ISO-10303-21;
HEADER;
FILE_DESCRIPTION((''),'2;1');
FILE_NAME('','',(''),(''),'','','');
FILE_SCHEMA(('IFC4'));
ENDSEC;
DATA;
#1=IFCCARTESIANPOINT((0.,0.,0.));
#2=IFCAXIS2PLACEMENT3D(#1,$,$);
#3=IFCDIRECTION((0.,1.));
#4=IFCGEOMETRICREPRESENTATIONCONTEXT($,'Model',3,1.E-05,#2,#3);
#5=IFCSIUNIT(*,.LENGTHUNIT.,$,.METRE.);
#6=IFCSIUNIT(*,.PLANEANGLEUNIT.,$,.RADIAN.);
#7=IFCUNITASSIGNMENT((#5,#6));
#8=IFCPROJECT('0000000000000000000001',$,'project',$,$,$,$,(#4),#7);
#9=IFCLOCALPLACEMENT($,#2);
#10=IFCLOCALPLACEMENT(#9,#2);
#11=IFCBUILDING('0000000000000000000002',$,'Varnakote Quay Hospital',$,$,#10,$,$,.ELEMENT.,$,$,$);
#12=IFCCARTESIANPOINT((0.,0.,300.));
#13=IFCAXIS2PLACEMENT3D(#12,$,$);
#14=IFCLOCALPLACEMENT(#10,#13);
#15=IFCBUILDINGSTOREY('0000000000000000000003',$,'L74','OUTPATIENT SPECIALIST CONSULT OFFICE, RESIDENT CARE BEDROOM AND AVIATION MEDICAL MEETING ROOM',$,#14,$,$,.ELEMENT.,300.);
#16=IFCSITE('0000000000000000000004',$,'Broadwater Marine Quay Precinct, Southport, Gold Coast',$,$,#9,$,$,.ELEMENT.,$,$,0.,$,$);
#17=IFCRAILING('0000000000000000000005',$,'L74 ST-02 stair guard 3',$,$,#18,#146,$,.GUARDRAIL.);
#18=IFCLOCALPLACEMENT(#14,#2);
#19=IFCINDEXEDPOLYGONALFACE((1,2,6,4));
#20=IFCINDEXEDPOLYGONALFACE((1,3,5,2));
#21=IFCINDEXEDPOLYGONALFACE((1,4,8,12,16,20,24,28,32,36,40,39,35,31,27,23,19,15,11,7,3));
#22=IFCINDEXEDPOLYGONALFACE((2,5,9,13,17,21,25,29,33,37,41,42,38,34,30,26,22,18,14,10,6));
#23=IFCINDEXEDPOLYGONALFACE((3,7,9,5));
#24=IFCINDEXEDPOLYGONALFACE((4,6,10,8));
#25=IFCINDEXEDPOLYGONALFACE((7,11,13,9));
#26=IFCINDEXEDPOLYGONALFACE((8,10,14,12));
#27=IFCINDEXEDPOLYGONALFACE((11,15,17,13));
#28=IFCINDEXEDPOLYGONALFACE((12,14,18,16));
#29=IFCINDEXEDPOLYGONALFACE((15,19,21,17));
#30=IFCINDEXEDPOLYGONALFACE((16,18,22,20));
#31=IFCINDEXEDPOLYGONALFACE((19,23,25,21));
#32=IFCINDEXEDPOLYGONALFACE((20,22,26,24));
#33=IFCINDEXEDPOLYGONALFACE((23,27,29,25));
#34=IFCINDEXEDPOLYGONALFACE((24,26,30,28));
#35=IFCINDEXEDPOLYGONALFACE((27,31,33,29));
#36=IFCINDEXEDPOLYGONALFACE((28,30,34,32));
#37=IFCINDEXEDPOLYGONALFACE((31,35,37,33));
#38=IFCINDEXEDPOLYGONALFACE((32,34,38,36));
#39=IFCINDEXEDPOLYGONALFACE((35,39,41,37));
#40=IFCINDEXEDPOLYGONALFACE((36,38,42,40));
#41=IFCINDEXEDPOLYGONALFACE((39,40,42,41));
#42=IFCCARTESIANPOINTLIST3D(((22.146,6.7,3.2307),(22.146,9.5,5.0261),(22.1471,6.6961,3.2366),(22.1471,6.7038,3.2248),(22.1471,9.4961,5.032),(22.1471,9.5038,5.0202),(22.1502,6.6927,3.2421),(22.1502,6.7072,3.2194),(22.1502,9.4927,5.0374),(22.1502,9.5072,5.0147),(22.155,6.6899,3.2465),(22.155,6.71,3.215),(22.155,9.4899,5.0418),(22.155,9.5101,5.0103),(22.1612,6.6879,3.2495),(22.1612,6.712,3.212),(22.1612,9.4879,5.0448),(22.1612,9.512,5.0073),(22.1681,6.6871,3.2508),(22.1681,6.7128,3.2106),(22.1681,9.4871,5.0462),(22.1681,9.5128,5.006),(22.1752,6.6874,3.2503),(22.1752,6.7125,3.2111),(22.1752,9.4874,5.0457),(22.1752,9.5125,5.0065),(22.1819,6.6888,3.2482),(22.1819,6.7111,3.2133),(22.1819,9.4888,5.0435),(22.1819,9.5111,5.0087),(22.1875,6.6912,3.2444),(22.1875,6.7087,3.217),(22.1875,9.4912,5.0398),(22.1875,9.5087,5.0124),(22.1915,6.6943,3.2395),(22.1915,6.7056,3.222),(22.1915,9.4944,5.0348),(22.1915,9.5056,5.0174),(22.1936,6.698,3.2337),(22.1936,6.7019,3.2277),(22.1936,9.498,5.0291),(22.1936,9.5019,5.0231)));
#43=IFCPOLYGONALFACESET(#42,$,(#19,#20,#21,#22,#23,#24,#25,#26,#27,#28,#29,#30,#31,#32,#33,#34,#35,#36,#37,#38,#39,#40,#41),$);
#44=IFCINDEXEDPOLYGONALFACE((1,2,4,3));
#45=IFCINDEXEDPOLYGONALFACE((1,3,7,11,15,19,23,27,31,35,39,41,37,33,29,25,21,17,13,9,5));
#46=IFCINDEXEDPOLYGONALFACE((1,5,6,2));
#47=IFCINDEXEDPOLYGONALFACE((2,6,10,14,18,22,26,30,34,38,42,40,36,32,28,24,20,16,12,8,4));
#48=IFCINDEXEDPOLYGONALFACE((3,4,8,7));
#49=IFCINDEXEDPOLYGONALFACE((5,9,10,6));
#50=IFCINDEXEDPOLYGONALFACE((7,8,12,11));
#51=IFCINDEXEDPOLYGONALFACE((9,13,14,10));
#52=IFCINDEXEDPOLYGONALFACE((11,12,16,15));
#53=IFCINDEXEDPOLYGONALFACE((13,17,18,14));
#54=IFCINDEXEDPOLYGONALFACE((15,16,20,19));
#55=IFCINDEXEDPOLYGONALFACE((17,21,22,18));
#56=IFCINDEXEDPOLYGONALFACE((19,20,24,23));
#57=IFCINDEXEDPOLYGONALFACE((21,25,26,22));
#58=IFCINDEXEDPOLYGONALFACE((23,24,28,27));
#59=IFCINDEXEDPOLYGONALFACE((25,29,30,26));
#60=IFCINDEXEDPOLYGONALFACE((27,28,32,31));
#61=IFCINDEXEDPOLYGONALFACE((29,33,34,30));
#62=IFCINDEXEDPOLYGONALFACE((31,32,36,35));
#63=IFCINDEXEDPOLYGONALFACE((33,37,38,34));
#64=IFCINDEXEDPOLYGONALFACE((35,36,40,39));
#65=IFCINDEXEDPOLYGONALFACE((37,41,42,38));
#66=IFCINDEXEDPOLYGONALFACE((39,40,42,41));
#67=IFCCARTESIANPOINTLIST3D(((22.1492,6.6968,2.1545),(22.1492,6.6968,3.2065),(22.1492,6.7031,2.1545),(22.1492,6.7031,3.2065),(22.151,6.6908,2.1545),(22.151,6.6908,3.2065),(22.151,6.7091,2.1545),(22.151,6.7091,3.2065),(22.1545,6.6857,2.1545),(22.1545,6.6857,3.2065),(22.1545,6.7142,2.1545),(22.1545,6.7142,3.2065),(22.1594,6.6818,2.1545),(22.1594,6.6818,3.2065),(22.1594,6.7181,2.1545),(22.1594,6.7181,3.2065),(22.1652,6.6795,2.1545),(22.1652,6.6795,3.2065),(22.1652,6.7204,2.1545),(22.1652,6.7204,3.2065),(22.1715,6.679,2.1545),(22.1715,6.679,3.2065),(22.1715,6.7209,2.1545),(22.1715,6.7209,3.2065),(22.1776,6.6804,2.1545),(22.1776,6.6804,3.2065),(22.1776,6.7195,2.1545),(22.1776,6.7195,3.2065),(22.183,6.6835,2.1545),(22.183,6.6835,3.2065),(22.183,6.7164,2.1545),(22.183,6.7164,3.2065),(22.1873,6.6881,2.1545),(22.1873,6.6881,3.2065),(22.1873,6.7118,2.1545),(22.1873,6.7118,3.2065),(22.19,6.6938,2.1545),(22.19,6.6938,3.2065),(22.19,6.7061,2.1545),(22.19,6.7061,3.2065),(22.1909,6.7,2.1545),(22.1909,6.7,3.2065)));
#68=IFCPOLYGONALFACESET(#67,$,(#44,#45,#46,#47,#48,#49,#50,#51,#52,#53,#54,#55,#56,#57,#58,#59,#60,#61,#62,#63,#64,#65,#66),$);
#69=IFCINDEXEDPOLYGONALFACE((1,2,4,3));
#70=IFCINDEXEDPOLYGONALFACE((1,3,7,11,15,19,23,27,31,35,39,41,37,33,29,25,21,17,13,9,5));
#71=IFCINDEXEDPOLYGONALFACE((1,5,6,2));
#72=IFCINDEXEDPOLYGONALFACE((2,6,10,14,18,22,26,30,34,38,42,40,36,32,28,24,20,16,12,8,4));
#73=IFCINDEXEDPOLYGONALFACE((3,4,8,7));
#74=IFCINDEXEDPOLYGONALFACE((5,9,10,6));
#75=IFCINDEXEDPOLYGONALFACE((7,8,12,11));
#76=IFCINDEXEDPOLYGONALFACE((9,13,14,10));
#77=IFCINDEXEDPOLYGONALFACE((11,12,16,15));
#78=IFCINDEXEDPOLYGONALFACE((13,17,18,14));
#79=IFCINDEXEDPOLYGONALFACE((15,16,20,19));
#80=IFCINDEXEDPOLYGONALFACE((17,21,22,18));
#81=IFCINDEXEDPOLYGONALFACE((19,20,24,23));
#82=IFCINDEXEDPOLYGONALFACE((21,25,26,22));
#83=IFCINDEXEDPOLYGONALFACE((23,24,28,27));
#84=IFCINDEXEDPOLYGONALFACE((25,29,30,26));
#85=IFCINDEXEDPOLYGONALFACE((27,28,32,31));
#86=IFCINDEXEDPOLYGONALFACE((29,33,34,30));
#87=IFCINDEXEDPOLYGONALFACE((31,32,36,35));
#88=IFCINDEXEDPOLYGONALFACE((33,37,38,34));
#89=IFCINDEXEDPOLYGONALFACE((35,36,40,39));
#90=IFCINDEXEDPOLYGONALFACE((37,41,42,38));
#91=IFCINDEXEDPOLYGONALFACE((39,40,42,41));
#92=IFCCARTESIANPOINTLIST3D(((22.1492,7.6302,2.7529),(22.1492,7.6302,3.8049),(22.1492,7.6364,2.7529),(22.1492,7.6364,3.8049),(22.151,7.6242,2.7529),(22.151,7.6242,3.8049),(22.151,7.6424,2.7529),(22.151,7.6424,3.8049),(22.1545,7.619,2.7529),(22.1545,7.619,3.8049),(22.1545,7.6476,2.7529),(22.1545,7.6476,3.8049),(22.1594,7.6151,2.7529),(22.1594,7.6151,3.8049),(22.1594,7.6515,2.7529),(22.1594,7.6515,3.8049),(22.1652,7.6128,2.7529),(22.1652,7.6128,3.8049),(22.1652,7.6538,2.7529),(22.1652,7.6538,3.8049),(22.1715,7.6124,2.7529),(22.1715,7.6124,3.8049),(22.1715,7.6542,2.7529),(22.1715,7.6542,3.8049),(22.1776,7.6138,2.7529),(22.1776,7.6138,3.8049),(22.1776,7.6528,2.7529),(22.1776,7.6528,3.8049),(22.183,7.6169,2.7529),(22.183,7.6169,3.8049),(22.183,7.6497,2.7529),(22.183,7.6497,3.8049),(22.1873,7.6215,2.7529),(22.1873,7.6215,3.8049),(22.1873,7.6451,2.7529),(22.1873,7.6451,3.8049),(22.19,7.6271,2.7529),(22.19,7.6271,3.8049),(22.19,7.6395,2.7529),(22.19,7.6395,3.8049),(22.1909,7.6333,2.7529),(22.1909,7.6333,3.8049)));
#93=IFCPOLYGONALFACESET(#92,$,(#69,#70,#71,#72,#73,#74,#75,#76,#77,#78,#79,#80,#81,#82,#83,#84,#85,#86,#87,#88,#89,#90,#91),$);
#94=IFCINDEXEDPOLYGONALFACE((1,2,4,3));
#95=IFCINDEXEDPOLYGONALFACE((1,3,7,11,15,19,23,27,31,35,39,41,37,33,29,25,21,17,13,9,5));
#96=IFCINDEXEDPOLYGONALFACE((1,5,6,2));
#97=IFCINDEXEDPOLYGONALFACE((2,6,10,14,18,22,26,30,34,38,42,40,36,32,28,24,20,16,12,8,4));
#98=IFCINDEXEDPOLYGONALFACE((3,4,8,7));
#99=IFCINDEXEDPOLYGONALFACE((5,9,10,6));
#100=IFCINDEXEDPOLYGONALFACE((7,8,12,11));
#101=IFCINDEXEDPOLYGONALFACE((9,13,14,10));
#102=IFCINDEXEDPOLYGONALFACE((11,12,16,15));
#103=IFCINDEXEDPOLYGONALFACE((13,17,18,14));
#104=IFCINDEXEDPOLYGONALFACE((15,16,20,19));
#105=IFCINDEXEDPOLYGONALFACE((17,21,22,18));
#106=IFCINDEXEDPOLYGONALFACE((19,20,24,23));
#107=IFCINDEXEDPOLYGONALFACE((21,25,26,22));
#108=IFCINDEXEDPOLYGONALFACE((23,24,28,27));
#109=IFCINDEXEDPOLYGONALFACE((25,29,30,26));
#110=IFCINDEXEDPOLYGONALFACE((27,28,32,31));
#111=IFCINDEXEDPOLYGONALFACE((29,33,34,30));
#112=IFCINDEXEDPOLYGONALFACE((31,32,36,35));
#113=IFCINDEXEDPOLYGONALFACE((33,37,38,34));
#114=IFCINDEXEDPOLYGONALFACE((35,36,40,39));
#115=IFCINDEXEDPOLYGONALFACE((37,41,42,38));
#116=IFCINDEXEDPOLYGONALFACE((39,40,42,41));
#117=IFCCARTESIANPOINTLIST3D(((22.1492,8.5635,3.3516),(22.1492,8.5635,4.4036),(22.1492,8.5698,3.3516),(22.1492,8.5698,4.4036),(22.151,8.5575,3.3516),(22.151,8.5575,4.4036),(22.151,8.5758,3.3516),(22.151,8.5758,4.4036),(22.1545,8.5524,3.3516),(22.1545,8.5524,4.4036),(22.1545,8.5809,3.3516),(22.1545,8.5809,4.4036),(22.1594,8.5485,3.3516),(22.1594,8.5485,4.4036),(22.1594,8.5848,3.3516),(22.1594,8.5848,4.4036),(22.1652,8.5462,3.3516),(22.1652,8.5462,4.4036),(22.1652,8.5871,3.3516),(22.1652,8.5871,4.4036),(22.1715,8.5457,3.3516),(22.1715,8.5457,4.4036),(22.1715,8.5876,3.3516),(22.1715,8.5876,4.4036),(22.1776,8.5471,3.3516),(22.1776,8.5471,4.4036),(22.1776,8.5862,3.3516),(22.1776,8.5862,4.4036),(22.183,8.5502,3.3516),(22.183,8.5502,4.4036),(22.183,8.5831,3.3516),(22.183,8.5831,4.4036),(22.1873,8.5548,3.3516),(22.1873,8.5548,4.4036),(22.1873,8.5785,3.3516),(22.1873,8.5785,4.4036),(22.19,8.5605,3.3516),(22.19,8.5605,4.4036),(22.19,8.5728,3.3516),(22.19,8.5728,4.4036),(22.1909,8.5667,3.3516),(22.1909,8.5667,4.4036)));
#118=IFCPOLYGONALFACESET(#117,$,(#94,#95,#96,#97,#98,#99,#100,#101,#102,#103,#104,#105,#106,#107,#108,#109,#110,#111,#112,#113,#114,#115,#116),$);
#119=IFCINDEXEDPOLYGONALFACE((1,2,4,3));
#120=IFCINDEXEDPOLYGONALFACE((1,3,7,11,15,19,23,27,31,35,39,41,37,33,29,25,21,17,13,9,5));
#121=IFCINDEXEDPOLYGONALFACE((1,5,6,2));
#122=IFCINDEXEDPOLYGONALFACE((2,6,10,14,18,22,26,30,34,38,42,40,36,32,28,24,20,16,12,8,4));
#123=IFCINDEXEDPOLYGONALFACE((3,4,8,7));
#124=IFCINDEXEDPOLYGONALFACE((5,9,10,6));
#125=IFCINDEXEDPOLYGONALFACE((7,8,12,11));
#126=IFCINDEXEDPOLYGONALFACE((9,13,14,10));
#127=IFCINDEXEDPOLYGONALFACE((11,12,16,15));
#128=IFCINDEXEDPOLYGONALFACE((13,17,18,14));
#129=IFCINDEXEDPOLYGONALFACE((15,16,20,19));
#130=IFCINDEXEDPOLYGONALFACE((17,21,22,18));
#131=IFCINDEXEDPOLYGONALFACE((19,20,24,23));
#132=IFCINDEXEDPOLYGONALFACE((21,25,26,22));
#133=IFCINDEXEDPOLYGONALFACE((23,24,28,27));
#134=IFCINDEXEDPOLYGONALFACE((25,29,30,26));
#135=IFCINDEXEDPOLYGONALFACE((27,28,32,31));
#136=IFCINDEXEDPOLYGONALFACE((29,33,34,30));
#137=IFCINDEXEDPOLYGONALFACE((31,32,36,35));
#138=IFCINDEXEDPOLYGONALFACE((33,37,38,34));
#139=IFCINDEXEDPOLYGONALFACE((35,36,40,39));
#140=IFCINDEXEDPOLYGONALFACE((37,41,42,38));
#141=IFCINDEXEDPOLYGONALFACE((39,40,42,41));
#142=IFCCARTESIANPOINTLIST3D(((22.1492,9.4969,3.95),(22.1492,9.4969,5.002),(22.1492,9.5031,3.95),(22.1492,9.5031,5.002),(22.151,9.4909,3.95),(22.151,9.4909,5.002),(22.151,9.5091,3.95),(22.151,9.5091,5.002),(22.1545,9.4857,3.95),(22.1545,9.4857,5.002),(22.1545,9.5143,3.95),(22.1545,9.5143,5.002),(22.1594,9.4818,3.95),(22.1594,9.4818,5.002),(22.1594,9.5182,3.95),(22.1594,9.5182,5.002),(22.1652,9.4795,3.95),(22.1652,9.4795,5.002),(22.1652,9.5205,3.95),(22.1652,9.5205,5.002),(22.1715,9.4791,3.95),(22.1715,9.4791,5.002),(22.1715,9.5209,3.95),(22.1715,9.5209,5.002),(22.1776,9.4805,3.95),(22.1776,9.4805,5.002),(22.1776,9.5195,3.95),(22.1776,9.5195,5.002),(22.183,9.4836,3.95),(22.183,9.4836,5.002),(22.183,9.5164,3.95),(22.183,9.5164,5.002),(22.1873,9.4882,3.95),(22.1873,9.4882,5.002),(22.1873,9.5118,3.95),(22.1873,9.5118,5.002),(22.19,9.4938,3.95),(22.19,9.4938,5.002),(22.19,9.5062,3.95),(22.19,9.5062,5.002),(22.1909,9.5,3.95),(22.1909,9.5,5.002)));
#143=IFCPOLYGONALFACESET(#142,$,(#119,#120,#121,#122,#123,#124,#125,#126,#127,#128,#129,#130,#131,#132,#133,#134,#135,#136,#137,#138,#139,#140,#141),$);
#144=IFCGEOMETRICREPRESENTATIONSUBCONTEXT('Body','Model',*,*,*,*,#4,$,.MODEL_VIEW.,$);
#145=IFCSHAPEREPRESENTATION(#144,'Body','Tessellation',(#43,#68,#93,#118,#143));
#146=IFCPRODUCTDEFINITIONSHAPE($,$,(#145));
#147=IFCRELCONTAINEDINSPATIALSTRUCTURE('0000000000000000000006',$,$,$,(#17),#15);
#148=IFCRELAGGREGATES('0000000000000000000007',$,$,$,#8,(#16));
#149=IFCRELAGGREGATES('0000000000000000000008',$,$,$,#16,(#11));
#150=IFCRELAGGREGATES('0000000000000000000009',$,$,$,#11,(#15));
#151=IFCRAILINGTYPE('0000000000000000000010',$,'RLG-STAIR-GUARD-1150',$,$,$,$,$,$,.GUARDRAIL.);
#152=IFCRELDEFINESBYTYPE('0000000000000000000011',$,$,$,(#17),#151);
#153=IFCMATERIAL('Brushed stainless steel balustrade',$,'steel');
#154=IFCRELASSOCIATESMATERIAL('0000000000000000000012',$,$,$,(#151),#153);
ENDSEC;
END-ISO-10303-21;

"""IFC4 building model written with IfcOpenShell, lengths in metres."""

from ifc_helpers import new_model, si_unit, direction, frame, origin, origin_2d, place, context, subcontext, project, spatial, circle, extrude, material, type_object, element, save


model = new_model("IFC4")

# Units and contexts
model_context = context("Model", 3, precision=1e-05, world=origin(), true_north=direction((0.0, 1.0)))
body_context = subcontext(model_context, "Body", "Model", "MODEL_VIEW")
ifc_project = project(units=[si_unit("LENGTHUNIT", "METRE"), si_unit("PLANEANGLEUNIT", "RADIAN")], contexts=[model_context])

# Site, building, storey
site_placement = place(None, origin())
site = spatial("IfcSite", under=ifc_project, at=site_placement, Name="Broadwater Marine Quay Precinct, Southport, Gold Coast", CompositionType="ELEMENT", RefElevation=0.0)
building_placement = place(site_placement, origin())
building = spatial("IfcBuilding", under=site, at=building_placement, Name="Varnakote Quay Hospital", CompositionType="ELEMENT")
storey_placement = place(building_placement, frame((0.0, 0.0, 300.0)))
storey = spatial("IfcBuildingStorey", under=building, at=storey_placement, Name="L74", Description="OUTPATIENT SPECIALIST CONSULT OFFICE, RESIDENT CARE BEDROOM AND AVIATION MEDICAL MEETING ROOM", CompositionType="ELEMENT", Elevation=300.0)

# Railing
ifc_material_1 = material(Name="Brushed stainless steel balustrade", Category="steel")
railing_type_1 = type_object("IfcRailingType", Name="RLG-STAIR-GUARD-1150", PredefinedType="GUARDRAIL", material=ifc_material_1)
railing_1_placement = place(storey_placement, frame((22.1699, 6.7, 2.1545)))
element("IfcRailing", 1, at=railing_1_placement, inside=storey, type_object=railing_type_1, Name="L74 ST-02 stair guard 3", PredefinedType="GUARDRAIL", context=body_context, shape_type="SweptSolid", body=[
    extrude(circle(Radius=0.0239, at=origin_2d()), frame((0.0, 0.0, 1.0762), z_axis=(0.0, 0.84181, 0.539774), x_axis=(-1.0, 0.0, 0.0)), (0.0, 0.0, 1.0), 3.3262),
    extrude(circle(Radius=0.021, at=origin_2d()), origin(), (0.0, 0.0, 1.0), 1.052),
    extrude(circle(Radius=0.021, at=origin_2d()), frame((0.0, 0.9333, 0.5984)), (0.0, 0.0, 1.0), 1.052),
    extrude(circle(Radius=0.021, at=origin_2d()), frame((0.0, 1.8667, 1.197)), (0.0, 0.0, 1.0), 1.052),
    extrude(circle(Radius=0.021, at=origin_2d()), frame((0.0, 2.8, 1.7954)), (0.0, 0.0, 1.0), 1.052),
])

save(model, "model.ifc")
